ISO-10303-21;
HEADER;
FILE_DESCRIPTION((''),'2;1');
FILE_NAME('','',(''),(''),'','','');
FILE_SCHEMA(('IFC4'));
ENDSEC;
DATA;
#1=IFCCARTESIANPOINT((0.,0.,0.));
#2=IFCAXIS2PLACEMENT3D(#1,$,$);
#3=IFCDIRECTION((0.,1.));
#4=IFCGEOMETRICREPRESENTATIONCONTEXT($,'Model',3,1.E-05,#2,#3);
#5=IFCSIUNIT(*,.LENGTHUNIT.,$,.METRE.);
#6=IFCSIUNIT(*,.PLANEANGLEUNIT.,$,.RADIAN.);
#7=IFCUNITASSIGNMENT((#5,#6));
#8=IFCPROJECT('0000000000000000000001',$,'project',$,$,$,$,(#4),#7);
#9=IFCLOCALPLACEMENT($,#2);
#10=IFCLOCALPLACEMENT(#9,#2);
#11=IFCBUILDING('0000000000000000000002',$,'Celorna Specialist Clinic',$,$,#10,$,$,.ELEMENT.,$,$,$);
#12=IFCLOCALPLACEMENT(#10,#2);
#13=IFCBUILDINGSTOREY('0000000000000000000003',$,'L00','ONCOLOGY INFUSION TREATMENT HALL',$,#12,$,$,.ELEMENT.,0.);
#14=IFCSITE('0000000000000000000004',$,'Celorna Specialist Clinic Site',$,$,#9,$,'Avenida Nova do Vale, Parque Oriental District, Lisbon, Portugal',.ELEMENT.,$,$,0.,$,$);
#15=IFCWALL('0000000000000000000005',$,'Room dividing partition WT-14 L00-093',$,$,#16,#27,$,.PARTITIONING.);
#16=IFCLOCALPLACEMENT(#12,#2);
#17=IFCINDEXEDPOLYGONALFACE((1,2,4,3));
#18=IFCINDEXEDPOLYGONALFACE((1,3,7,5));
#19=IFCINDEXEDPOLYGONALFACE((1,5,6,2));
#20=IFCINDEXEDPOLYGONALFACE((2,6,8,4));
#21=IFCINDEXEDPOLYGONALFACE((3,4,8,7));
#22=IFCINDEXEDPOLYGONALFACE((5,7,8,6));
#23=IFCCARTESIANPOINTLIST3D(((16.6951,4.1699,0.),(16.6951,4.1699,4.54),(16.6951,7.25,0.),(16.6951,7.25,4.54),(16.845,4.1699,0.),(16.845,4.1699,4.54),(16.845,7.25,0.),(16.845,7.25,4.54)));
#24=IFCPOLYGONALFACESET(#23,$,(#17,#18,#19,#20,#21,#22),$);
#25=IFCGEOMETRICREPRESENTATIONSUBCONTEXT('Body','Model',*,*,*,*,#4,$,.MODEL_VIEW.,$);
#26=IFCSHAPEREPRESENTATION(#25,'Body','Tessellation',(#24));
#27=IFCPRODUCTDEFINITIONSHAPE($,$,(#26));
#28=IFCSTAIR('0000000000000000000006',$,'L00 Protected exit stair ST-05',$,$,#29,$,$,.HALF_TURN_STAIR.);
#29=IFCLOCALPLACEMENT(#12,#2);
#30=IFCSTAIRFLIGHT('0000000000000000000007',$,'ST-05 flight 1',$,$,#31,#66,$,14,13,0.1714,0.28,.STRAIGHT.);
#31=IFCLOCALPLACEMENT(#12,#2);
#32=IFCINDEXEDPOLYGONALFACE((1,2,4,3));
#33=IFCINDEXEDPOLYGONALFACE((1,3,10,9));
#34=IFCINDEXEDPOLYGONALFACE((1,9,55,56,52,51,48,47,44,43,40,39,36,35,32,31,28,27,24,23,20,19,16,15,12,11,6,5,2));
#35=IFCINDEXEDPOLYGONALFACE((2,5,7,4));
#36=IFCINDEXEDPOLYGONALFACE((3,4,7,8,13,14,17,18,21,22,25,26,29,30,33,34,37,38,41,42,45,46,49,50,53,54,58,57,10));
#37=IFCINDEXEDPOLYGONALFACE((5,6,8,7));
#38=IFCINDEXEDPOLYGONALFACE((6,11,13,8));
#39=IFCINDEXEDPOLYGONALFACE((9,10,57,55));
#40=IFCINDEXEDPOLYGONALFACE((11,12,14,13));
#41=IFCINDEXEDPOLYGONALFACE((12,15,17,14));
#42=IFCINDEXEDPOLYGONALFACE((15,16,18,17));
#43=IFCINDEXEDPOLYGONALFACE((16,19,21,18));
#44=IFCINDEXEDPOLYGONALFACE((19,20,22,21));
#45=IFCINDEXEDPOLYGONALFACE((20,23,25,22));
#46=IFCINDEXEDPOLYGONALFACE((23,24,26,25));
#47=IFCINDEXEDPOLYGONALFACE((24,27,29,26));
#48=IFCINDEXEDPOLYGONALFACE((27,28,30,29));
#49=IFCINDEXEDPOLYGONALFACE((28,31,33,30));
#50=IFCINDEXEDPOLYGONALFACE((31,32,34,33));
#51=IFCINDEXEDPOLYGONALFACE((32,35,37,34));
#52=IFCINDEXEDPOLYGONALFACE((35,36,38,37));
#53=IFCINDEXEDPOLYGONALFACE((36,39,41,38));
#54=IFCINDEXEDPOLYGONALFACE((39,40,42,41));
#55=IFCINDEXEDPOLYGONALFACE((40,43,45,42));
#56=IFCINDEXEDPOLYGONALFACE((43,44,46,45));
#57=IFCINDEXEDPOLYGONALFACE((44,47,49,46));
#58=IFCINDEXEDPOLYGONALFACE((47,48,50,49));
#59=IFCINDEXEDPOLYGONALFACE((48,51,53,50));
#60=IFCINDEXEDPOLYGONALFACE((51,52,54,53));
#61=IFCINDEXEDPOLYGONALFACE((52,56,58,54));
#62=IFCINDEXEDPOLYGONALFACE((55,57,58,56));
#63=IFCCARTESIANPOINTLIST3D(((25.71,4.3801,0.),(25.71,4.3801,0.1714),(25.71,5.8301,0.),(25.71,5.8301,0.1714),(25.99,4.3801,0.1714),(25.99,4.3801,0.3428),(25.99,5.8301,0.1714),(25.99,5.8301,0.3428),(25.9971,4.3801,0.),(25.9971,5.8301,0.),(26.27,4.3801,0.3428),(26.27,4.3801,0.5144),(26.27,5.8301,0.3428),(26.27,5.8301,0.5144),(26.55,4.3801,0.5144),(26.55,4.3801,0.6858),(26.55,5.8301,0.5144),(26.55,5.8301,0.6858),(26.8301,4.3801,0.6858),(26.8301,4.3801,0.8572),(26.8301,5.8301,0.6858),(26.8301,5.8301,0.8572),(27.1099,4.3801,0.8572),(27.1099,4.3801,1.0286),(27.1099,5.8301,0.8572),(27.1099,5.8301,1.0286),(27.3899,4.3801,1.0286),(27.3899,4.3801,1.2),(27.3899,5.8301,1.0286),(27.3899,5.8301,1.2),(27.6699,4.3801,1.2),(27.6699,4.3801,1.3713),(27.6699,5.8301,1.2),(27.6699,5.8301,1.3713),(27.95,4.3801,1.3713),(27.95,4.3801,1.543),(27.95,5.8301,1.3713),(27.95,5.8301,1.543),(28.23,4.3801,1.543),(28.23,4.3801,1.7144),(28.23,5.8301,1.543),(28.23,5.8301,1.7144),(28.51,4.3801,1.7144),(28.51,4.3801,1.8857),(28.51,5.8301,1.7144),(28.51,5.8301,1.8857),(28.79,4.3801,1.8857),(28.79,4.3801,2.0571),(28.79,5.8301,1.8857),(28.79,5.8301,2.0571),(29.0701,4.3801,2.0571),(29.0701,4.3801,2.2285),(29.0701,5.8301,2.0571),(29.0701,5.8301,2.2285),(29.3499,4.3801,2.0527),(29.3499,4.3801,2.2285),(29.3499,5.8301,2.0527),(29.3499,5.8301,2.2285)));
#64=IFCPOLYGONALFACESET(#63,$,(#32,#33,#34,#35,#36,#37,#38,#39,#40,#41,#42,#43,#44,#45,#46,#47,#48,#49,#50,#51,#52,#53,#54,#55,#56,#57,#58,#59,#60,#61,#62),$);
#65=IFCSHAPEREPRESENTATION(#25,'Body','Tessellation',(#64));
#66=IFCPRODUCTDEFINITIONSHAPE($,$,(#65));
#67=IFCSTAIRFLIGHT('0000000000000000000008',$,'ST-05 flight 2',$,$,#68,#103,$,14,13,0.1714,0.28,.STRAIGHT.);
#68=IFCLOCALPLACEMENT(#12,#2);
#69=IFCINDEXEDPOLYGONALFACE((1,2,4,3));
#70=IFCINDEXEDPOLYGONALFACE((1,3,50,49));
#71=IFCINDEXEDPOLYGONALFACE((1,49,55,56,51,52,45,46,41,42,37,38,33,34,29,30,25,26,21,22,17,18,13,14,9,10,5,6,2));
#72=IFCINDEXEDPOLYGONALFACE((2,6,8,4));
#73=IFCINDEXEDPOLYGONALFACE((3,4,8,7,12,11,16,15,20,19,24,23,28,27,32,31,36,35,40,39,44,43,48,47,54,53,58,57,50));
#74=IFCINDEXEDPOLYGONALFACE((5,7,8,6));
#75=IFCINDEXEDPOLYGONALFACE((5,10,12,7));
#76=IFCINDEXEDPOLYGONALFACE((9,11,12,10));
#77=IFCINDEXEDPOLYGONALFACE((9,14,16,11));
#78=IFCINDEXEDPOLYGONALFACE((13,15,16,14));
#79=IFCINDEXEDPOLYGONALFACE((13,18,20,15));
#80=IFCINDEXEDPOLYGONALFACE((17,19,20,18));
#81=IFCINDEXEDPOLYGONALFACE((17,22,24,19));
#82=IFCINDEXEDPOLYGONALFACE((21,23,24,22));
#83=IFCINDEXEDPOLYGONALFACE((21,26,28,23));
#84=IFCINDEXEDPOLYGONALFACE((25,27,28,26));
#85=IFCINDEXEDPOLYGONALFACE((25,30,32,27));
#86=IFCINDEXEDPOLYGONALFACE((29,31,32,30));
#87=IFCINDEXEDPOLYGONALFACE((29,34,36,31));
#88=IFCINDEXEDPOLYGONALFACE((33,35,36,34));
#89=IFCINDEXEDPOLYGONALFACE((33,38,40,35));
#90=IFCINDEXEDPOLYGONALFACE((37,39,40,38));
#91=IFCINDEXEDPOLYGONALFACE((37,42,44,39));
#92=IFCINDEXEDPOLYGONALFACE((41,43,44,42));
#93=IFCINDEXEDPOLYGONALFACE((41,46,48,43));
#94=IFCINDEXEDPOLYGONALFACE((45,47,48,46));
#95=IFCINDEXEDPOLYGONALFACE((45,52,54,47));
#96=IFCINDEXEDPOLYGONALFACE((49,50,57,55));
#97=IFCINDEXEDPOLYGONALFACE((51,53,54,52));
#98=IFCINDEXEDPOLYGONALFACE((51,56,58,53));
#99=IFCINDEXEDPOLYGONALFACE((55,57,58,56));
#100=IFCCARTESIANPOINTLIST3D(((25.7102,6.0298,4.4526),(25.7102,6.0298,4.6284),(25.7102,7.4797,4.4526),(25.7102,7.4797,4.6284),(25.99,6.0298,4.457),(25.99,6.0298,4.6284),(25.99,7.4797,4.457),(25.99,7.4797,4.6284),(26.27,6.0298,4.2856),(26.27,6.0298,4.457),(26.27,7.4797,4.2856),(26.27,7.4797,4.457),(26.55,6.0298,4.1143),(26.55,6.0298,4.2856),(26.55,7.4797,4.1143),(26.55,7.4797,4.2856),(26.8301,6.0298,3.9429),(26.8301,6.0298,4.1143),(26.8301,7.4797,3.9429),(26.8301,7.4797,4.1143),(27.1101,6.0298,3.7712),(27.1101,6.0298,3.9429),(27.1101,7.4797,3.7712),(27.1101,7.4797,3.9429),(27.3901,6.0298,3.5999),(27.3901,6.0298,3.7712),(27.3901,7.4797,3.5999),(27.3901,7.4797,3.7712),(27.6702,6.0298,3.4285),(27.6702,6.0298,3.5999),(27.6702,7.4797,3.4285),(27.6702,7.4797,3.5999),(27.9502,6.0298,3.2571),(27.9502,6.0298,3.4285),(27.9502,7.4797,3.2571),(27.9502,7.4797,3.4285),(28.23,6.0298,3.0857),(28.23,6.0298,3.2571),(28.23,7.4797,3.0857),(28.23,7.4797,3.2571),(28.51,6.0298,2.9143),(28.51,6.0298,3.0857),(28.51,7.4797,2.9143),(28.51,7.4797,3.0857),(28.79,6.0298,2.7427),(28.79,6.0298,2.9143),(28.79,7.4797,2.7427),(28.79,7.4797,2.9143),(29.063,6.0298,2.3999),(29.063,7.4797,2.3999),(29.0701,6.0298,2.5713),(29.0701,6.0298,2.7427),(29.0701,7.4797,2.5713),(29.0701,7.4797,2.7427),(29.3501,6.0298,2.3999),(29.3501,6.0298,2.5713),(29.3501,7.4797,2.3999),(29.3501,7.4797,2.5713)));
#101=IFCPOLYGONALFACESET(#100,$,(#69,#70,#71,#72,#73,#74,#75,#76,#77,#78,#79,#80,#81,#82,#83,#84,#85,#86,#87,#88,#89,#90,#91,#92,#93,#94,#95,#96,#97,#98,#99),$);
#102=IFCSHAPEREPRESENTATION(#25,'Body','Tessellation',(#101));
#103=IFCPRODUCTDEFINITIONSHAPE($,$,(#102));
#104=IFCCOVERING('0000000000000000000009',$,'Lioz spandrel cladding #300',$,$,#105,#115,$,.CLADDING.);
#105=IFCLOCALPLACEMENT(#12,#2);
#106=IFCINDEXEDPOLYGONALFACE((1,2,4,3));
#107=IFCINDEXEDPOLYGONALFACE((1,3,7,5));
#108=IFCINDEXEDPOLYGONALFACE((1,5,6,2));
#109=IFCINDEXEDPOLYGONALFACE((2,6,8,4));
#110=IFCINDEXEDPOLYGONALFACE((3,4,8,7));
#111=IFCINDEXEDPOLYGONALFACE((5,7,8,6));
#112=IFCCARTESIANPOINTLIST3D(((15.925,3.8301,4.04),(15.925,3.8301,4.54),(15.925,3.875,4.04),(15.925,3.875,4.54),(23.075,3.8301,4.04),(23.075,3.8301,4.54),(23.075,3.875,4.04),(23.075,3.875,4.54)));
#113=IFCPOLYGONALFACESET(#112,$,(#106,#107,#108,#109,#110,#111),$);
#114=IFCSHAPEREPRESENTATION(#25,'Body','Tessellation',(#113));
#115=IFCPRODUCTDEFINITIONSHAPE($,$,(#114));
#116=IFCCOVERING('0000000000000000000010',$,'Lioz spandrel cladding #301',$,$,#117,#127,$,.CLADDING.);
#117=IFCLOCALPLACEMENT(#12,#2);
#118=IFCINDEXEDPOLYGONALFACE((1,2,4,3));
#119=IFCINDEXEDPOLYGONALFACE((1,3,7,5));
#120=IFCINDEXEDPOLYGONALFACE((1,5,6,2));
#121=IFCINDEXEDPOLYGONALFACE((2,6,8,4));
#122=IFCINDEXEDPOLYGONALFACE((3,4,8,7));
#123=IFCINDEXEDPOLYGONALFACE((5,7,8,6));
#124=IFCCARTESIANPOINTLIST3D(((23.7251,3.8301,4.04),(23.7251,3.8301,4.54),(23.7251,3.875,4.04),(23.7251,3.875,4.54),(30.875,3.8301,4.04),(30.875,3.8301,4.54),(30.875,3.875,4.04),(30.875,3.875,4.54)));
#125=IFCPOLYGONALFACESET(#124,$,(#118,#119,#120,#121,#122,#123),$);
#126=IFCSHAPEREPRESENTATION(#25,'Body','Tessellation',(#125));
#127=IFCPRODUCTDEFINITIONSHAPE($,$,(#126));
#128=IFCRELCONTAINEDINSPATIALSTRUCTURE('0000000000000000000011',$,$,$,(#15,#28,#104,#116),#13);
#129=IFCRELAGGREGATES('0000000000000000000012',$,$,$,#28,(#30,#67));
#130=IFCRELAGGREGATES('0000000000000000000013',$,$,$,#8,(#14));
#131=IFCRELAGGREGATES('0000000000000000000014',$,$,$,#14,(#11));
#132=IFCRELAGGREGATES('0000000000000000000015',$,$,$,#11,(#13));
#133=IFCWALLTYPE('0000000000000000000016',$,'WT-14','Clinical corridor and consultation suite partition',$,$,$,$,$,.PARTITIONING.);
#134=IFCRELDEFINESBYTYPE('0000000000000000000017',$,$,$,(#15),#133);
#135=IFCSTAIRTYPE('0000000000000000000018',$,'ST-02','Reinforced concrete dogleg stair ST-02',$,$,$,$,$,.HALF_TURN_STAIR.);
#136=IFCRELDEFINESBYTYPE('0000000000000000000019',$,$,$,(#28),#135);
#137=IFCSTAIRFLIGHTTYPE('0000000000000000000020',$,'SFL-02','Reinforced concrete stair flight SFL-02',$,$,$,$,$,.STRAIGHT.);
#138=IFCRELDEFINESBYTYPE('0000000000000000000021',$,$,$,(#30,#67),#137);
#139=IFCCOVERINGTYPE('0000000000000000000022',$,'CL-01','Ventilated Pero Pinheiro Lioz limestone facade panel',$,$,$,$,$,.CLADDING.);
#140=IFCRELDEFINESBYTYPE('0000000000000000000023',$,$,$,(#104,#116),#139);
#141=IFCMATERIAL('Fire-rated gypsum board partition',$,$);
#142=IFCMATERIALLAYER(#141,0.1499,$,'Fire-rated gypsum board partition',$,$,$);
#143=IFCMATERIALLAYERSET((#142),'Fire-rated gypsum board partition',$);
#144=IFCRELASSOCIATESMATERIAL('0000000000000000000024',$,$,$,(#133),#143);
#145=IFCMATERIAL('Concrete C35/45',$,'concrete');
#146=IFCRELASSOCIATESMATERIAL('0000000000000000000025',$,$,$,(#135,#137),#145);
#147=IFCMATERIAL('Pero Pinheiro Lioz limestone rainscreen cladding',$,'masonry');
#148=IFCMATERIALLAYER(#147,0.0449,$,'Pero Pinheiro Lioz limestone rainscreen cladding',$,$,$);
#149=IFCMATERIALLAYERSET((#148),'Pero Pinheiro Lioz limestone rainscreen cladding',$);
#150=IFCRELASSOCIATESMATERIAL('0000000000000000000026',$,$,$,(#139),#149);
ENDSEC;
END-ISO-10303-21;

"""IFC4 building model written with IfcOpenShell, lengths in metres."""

from ifc_helpers import new_model, si_unit, direction, frame, frame_2d, origin, origin_2d, place, context, subcontext, project, spatial, polyline, rectangle, outline, extrude, material, layer, layer_set, type_object, element, aggregate, save


model = new_model("IFC4")

# Units and contexts
model_context = context("Model", 3, precision=1e-05, world=origin(), true_north=direction((0.0, 1.0)))
body_context = subcontext(model_context, "Body", "Model", "MODEL_VIEW")
ifc_project = project(units=[si_unit("LENGTHUNIT", "METRE"), si_unit("PLANEANGLEUNIT", "RADIAN")], contexts=[model_context])

# Site, building, storey
site_placement = place(None, origin())
site = spatial("IfcSite", under=ifc_project, at=site_placement, Name="Celorna Specialist Clinic Site", LongName="Avenida Nova do Vale, Parque Oriental District, Lisbon, Portugal", CompositionType="ELEMENT", RefElevation=0.0)
building_placement = place(site_placement, origin())
building = spatial("IfcBuilding", under=site, at=building_placement, Name="Celorna Specialist Clinic", CompositionType="ELEMENT")
storey_placement = place(building_placement, origin())
storey = spatial("IfcBuildingStorey", under=building, at=storey_placement, Name="L00", Description="ONCOLOGY INFUSION TREATMENT HALL", CompositionType="ELEMENT", Elevation=0.0)

# Shared definitions
ifc_material_1 = material(Name="Concrete C35/45", Category="concrete")

# Wall
ifc_material_2 = material(Name="Fire-rated gypsum board partition")
ifc_layer_1 = layer(ifc_material_2, 0.1499, Name="Fire-rated gypsum board partition")
ifc_layer_set_1 = layer_set([ifc_layer_1], Name="Fire-rated gypsum board partition")
wall_type_1 = type_object("IfcWallType", Name="WT-14", Description="Clinical corridor and consultation suite partition", PredefinedType="PARTITIONING", material=ifc_layer_set_1)
wall_1_placement = place(storey_placement, frame((16.77, 4.1699, 0.0), z_axis=(0.0, 0.0, 1.0), x_axis=(0.0, 1.0, 0.0)))
element("IfcWall", 1, at=wall_1_placement, inside=storey, type_object=wall_type_1, Name="Room dividing partition WT-14 L00-093", PredefinedType="PARTITIONING", context=body_context, shape_type="SweptSolid", body=[
    extrude(rectangle(XDim=3.0801, YDim=0.1499, at=frame_2d((1.54, 0.0))), origin(), (0.0, 0.0, 1.0), 4.54),
])

# Stair, stair flights
stair_type = type_object("IfcStairType", Name="ST-02", Description="Reinforced concrete dogleg stair ST-02", PredefinedType="HALF_TURN_STAIR", material=ifc_material_1)
stair_placement = place(storey_placement, origin())
stair = element("IfcStair", 2, at=stair_placement, inside=storey, type_object=stair_type, Name="L00 Protected exit stair ST-05", PredefinedType="HALF_TURN_STAIR")
stair_flight_type = type_object("IfcStairFlightType", Name="SFL-02", Description="Reinforced concrete stair flight SFL-02", PredefinedType="STRAIGHT", material=ifc_material_1)
stair_flight_1_placement = place(storey_placement, frame((25.71, 5.105, 0.0), z_axis=(0.0, 0.0, 1.0), x_axis=(1.0, 0.0, 0.0)))
stair_flight_1 = element("IfcStairFlight", 3, at=stair_flight_1_placement, type_object=stair_flight_type, Name="ST-05 flight 1", NumberOfRisers=14, NumberOfTreads=13, PredefinedType="STRAIGHT", RiserHeight=0.1714, TreadLength=0.28, context=body_context, shape_type="SweptSolid", body=[
    extrude(outline(polyline([(0.0, 0.0), (0.0, 0.1714), (0.28, 0.1714), (0.28, 0.3428), (0.5601, 0.3428), (0.5601, 0.5144), (0.8401, 0.5144), (0.8401, 0.6858), (1.1201, 0.6858), (1.1201, 0.8572), (1.3999, 0.8572), (1.3999, 1.0286), (1.6799, 1.0286), (1.6799, 1.2), (1.96, 1.2), (1.96, 1.3713), (2.24, 1.3713), (2.24, 1.543), (2.52, 1.543), (2.52, 1.7144), (2.8, 1.7144), (2.8, 1.8857), (3.0801, 1.8857), (3.0801, 2.0571), (3.3601, 2.0571), (3.3601, 2.2285), (3.6399, 2.2285), (3.6399, 2.3999), (3.6399, 2.0527), (0.2871, 0.0), (0.0, 0.0)])), frame((0.0, 0.7251, 0.0), z_axis=(0.0, -1.0, 0.0), x_axis=(1.0, 0.0, 0.0)), (0.0, 0.0, 1.0), 1.45),
])
stair_flight_2_placement = place(storey_placement, frame((29.3501, 6.7549, 2.3999), z_axis=(0.0, 0.0, 1.0), x_axis=(-1.0, 0.0, 0.0)))
stair_flight_2 = element("IfcStairFlight", 4, at=stair_flight_2_placement, type_object=stair_flight_type, Name="ST-05 flight 2", NumberOfRisers=14, NumberOfTreads=13, PredefinedType="STRAIGHT", RiserHeight=0.1714, TreadLength=0.28, context=body_context, shape_type="SweptSolid", body=[
    extrude(outline(polyline([(0.0, 0.0), (0.0, 0.1714), (0.28, 0.1714), (0.28, 0.3428), (0.5601, 0.3428), (0.5601, 0.5144), (0.8401, 0.5144), (0.8401, 0.6858), (1.1201, 0.6858), (1.1201, 0.8572), (1.3999, 0.8572), (1.3999, 1.0286), (1.6799, 1.0286), (1.6799, 1.2), (1.96, 1.2), (1.96, 1.3713), (2.24, 1.3713), (2.24, 1.543), (2.52, 1.543), (2.52, 1.7144), (2.8, 1.7144), (2.8, 1.8857), (3.0801, 1.8857), (3.0801, 2.0571), (3.3601, 2.0571), (3.3601, 2.2285), (3.6399, 2.2285), (3.6399, 2.3999), (3.6399, 2.0527), (0.2871, 0.0), (0.0, 0.0)])), frame((0.0, 0.7251, 0.0), z_axis=(0.0, -1.0, 0.0), x_axis=(1.0, 0.0, 0.0)), (0.0, 0.0, 1.0), 1.45),
])
aggregate(stair, [stair_flight_1, stair_flight_2])

# Coverings
ifc_material_3 = material(Name="Pero Pinheiro Lioz limestone rainscreen cladding", Category="masonry")
ifc_layer_2 = layer(ifc_material_3, 0.0449, Name="Pero Pinheiro Lioz limestone rainscreen cladding")
ifc_layer_set_2 = layer_set([ifc_layer_2], Name="Pero Pinheiro Lioz limestone rainscreen cladding")
covering_type = type_object("IfcCoveringType", Name="CL-01", Description="Ventilated Pero Pinheiro Lioz limestone facade panel", PredefinedType="CLADDING", material=ifc_layer_set_2)
for number, where, z_axis, x_axis, name in (
    (5, (19.5, 3.8525, 4.04), (0.0, 0.0, 1.0), (-1.0, 0.0, 0.0), "Lioz spandrel cladding #300"),
    (6, (27.3, 3.8525, 4.04), (0.0, 0.0, 1.0), (-1.0, 0.0, 0.0), "Lioz spandrel cladding #301"),
):
    element("IfcCovering", number, at=place(storey_placement, frame(where, z_axis=z_axis, x_axis=x_axis)), inside=storey, type_object=covering_type, Name=name, PredefinedType="CLADDING", context=body_context, shape_type="SweptSolid", body=[
        extrude(rectangle(XDim=7.1499, YDim=0.0449, at=origin_2d()), origin(), (0.0, 0.0, 1.0), 0.5),
    ])

save(model, "model.ifc")
